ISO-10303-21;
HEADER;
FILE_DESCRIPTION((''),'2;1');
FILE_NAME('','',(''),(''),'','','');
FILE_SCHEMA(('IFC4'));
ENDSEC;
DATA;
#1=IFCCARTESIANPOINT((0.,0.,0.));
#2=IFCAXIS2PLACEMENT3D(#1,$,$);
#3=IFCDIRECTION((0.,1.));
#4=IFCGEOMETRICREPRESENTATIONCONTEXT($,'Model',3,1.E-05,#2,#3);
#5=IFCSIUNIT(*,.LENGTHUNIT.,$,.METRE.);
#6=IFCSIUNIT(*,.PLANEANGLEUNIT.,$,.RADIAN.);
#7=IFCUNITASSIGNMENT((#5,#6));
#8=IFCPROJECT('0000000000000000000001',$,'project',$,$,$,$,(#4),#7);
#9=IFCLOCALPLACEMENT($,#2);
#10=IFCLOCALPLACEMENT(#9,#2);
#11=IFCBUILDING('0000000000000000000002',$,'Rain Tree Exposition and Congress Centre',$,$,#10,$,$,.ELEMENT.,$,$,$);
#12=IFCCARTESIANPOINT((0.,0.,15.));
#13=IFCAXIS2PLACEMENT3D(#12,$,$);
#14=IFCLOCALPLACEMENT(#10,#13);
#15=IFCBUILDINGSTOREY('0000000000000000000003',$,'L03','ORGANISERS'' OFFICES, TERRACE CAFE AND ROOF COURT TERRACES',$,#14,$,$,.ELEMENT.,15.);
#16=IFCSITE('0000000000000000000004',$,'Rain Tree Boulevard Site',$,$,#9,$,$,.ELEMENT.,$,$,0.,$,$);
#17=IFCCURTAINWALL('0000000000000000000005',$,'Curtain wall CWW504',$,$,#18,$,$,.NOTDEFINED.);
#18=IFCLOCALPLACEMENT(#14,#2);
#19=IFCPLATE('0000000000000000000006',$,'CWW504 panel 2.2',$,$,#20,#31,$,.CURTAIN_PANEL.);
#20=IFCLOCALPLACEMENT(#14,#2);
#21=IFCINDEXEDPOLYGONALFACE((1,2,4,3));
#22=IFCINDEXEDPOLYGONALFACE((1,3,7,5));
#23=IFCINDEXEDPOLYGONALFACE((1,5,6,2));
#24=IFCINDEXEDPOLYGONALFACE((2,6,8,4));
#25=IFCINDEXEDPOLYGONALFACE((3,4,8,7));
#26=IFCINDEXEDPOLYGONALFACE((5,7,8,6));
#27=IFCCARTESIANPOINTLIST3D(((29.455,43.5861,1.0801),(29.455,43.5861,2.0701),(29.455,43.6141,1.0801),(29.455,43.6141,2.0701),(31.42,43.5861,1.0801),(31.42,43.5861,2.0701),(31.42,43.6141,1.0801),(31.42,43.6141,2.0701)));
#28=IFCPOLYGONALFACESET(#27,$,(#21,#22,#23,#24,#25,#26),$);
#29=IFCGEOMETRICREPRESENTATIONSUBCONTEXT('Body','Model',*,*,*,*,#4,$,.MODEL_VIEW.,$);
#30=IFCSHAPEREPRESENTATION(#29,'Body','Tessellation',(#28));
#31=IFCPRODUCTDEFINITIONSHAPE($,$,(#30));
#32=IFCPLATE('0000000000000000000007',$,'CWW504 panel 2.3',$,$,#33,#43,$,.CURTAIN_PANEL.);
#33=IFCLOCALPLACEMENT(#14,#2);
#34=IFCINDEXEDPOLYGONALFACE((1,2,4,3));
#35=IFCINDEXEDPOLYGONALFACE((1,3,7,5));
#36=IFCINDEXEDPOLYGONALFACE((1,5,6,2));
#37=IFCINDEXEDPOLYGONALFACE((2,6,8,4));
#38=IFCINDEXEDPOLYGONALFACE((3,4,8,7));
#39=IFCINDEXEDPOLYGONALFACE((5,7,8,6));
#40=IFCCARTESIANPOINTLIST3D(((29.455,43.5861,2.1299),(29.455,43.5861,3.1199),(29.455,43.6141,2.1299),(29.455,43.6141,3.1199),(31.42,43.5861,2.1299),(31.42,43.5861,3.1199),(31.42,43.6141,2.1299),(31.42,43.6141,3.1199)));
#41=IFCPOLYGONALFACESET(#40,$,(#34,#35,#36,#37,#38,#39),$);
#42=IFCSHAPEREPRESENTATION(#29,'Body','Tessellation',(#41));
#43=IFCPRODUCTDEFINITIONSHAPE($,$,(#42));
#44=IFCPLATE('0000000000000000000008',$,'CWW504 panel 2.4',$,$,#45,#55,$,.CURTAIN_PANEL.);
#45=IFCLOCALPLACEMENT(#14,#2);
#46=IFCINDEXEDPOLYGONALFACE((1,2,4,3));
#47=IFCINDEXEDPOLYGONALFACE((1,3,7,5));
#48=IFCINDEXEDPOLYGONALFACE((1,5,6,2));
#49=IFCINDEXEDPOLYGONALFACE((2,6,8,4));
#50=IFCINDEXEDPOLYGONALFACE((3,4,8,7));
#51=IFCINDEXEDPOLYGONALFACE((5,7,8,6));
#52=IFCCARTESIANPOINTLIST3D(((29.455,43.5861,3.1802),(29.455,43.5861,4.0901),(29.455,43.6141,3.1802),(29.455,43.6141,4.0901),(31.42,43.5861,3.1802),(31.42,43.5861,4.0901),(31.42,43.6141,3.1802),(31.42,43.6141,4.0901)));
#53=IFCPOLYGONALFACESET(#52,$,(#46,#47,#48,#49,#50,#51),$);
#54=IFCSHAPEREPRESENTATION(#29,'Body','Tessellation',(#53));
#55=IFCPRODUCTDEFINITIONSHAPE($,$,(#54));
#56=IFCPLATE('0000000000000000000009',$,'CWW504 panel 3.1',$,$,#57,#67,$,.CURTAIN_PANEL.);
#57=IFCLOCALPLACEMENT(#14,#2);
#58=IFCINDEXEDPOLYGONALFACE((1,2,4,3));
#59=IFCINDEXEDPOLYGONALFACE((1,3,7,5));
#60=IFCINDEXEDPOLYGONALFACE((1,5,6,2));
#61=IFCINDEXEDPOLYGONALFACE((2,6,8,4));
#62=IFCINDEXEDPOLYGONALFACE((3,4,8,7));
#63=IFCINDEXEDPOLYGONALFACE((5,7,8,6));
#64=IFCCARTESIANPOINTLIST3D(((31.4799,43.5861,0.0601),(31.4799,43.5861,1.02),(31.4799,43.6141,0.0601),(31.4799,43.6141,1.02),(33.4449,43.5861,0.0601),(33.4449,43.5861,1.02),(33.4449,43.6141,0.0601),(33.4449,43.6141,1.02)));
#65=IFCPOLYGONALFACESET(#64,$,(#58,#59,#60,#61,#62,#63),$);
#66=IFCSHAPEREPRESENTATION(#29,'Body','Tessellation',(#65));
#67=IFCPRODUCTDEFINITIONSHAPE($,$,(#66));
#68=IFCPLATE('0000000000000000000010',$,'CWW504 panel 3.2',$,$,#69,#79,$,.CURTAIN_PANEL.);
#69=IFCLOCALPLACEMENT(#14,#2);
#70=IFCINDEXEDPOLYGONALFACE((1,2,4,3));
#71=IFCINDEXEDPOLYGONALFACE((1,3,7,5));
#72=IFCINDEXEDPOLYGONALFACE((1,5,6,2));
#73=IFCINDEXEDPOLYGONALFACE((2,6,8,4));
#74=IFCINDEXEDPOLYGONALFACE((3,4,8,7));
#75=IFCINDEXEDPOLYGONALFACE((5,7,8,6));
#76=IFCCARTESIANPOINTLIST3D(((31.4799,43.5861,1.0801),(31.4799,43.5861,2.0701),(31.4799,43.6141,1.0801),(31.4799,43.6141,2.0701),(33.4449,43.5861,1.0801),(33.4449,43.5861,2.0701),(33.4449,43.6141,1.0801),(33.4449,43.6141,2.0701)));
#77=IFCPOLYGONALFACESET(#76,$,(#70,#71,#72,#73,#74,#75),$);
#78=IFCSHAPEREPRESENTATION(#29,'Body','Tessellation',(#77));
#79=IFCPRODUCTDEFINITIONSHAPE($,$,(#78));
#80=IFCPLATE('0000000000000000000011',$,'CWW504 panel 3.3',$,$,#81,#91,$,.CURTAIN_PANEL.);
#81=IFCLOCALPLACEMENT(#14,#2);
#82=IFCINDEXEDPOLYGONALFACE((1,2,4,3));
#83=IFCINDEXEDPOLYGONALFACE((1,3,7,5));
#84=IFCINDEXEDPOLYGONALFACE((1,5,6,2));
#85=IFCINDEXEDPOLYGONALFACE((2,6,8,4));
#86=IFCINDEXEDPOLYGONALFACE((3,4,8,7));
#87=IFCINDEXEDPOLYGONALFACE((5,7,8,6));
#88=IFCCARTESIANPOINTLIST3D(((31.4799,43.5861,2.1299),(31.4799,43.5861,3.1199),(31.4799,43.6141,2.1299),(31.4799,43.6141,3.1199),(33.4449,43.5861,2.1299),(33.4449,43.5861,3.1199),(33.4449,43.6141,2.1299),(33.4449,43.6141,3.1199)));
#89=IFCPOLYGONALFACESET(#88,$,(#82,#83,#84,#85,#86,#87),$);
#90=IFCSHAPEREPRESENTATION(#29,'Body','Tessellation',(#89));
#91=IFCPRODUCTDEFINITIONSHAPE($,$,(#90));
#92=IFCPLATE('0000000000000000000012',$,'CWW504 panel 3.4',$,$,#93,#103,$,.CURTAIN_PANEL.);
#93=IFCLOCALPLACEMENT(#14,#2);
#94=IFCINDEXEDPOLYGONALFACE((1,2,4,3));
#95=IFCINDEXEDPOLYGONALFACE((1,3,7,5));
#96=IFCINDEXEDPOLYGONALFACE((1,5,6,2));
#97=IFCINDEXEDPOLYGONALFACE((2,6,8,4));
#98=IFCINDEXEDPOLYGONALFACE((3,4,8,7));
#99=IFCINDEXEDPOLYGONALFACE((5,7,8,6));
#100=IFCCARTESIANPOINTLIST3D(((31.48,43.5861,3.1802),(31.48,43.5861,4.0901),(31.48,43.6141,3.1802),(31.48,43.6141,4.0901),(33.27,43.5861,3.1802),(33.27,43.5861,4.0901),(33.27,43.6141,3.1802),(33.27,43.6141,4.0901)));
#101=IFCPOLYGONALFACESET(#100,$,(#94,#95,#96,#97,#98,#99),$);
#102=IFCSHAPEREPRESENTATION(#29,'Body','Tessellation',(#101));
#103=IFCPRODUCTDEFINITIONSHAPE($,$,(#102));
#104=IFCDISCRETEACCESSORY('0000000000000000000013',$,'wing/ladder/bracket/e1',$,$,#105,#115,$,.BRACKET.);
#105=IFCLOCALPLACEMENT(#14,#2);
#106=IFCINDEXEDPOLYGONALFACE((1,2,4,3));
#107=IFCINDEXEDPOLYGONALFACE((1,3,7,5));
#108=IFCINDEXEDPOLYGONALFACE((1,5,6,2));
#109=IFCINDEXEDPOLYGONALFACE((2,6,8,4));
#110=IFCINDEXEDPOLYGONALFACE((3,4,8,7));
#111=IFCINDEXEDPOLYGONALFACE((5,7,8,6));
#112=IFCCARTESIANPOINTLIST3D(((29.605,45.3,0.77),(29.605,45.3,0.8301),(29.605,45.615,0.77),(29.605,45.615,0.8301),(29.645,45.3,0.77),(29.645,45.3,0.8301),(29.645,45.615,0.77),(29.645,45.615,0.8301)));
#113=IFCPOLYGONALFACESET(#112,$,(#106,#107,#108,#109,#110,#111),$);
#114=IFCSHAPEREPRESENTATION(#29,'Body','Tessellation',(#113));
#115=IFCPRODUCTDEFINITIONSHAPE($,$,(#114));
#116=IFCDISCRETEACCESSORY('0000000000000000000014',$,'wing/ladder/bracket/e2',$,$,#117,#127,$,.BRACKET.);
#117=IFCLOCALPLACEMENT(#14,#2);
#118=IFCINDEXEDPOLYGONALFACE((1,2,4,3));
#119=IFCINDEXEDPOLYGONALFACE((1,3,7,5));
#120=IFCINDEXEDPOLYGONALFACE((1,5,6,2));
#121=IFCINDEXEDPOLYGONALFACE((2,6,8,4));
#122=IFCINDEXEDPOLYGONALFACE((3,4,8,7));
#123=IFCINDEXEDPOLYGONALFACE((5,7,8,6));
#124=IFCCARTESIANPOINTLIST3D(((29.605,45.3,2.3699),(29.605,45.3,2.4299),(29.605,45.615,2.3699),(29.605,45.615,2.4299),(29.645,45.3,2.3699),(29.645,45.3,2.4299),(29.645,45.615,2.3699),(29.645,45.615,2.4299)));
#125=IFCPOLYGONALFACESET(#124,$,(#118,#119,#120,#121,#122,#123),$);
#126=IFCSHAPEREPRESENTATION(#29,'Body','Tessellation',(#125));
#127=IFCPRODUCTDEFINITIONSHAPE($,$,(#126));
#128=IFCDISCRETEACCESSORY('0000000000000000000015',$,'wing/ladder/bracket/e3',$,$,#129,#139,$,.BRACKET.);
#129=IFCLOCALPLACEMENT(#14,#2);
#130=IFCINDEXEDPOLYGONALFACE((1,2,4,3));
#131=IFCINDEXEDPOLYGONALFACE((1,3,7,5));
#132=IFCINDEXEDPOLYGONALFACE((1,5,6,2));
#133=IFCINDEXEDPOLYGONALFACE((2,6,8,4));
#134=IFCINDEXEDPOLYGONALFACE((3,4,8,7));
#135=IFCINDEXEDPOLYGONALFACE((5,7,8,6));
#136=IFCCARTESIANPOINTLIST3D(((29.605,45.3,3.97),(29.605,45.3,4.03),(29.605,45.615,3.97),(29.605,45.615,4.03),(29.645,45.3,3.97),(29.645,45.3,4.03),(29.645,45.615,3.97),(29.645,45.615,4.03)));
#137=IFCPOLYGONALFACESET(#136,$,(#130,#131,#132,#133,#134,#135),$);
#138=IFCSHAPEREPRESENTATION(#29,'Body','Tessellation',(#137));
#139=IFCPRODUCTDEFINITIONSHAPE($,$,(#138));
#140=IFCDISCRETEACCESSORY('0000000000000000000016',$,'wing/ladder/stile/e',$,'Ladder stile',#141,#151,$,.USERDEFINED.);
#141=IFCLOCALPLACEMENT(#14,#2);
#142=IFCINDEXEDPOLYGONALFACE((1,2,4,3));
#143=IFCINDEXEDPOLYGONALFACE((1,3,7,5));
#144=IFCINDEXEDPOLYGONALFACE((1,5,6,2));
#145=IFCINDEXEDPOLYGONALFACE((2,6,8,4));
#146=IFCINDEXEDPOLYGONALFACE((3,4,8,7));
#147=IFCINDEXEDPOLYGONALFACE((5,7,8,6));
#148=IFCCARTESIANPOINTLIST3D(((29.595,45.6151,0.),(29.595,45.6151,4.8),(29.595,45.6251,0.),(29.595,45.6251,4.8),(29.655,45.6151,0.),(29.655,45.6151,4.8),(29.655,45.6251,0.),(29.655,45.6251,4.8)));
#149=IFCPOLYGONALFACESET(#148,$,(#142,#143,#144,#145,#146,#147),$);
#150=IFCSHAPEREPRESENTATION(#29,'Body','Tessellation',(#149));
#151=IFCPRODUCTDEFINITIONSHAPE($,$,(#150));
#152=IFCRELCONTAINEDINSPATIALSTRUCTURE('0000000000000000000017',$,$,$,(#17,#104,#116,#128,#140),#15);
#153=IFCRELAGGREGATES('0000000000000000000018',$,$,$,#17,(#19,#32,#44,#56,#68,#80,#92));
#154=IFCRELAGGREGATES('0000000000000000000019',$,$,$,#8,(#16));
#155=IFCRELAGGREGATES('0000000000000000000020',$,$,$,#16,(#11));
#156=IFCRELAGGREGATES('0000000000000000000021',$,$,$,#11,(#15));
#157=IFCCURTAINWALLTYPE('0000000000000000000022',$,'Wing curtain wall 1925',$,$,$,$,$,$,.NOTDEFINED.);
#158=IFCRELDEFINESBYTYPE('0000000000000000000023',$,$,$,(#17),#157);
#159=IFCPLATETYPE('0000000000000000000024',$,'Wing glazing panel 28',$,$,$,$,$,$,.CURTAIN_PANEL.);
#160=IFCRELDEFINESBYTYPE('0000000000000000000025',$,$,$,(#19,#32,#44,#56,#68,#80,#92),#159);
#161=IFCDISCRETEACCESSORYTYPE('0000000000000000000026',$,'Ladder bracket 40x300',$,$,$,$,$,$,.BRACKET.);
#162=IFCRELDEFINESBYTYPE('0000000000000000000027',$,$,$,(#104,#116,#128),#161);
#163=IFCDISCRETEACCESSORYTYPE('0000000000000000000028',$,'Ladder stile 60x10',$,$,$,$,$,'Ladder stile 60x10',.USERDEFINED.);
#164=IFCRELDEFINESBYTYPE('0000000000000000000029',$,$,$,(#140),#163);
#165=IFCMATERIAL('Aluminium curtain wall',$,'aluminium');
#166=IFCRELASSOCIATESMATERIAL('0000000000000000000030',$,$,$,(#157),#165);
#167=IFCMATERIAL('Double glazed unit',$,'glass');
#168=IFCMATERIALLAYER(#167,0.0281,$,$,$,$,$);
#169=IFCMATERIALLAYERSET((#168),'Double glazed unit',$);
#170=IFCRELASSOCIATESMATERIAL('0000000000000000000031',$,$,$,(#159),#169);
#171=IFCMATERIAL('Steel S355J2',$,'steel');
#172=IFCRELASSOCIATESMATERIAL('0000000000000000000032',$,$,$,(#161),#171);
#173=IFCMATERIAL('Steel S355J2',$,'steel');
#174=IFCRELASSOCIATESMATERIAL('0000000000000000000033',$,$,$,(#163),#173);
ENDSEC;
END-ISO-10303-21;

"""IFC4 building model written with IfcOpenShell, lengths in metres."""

from ifc_helpers import new_model, si_unit, direction, frame, origin, origin_2d, place, context, subcontext, project, spatial, rectangle, extrude, material, layer, layer_set, type_object, element, aggregate, save


model = new_model("IFC4")

# Units and contexts
model_context = context("Model", 3, precision=1e-05, world=origin(), true_north=direction((0.0, 1.0)))
body_context = subcontext(model_context, "Body", "Model", "MODEL_VIEW")
ifc_project = project(units=[si_unit("LENGTHUNIT", "METRE"), si_unit("PLANEANGLEUNIT", "RADIAN")], contexts=[model_context])

# Site, building, storey
site_placement = place(None, origin())
site = spatial("IfcSite", under=ifc_project, at=site_placement, Name="Rain Tree Boulevard Site", CompositionType="ELEMENT", RefElevation=0.0)
building_placement = place(site_placement, origin())
building = spatial("IfcBuilding", under=site, at=building_placement, Name="Rain Tree Exposition and Congress Centre", CompositionType="ELEMENT")
storey_placement = place(building_placement, frame((0.0, 0.0, 15.0)))
storey = spatial("IfcBuildingStorey", under=building, at=storey_placement, Name="L03", Description="ORGANISERS' OFFICES, TERRACE CAFE AND ROOF COURT TERRACES", CompositionType="ELEMENT", Elevation=15.0)

# Curtain wall, plates
ifc_material_1 = material(Name="Aluminium curtain wall", Category="aluminium")
curtain_wall_type = type_object("IfcCurtainWallType", Name="Wing curtain wall 1925", PredefinedType="NOTDEFINED", material=ifc_material_1)
curtain_wall_placement = place(storey_placement, origin())
curtain_wall = element("IfcCurtainWall", 1, at=curtain_wall_placement, inside=storey, type_object=curtain_wall_type, Name="Curtain wall CWW504", PredefinedType="NOTDEFINED")
ifc_material_2 = material(Name="Double glazed unit", Category="glass")
ifc_layer = layer(ifc_material_2, 0.0281)
ifc_layer_set = layer_set([ifc_layer], Name="Double glazed unit")
plate_type = type_object("IfcPlateType", Name="Wing glazing panel 28", PredefinedType="CURTAIN_PANEL", material=ifc_layer_set)
plate_1_placement = place(storey_placement, frame((30.4375, 43.6001, 1.0801), z_axis=(0.0, 0.0, 1.0), x_axis=(1.0, 0.0, 0.0)))
plate_1 = element("IfcPlate", 2, at=plate_1_placement, type_object=plate_type, Name="CWW504 panel 2.2", PredefinedType="CURTAIN_PANEL", context=body_context, shape_type="SweptSolid", body=[
    extrude(rectangle(XDim=1.9651, YDim=0.0281, at=origin_2d()), origin(), (0.0, 0.0, 1.0), 0.99),
])
plate_2_placement = place(storey_placement, frame((30.4375, 43.6001, 2.1299), z_axis=(0.0, 0.0, 1.0), x_axis=(1.0, 0.0, 0.0)))
plate_2 = element("IfcPlate", 3, at=plate_2_placement, type_object=plate_type, Name="CWW504 panel 2.3", PredefinedType="CURTAIN_PANEL", context=body_context, shape_type="SweptSolid", body=[
    extrude(rectangle(XDim=1.9651, YDim=0.0281, at=origin_2d()), origin(), (0.0, 0.0, 1.0), 0.99),
])
plate_3_placement = place(storey_placement, frame((30.4375, 43.6001, 3.1802), z_axis=(0.0, 0.0, 1.0), x_axis=(1.0, 0.0, 0.0)))
plate_3 = element("IfcPlate", 4, at=plate_3_placement, type_object=plate_type, Name="CWW504 panel 2.4", PredefinedType="CURTAIN_PANEL", context=body_context, shape_type="SweptSolid", body=[
    extrude(rectangle(XDim=1.9651, YDim=0.0281, at=origin_2d()), origin(), (0.0, 0.0, 1.0), 0.9099),
])
plate_4_placement = place(storey_placement, frame((32.4624, 43.6001, 0.0601), z_axis=(0.0, 0.0, 1.0), x_axis=(1.0, 0.0, 0.0)))
plate_4 = element("IfcPlate", 5, at=plate_4_placement, type_object=plate_type, Name="CWW504 panel 3.1", PredefinedType="CURTAIN_PANEL", context=body_context, shape_type="SweptSolid", body=[
    extrude(rectangle(XDim=1.9651, YDim=0.0281, at=origin_2d()), origin(), (0.0, 0.0, 1.0), 0.96),
])
plate_5_placement = place(storey_placement, frame((32.4624, 43.6001, 1.0801), z_axis=(0.0, 0.0, 1.0), x_axis=(1.0, 0.0, 0.0)))
plate_5 = element("IfcPlate", 6, at=plate_5_placement, type_object=plate_type, Name="CWW504 panel 3.2", PredefinedType="CURTAIN_PANEL", context=body_context, shape_type="SweptSolid", body=[
    extrude(rectangle(XDim=1.9651, YDim=0.0281, at=origin_2d()), origin(), (0.0, 0.0, 1.0), 0.99),
])
plate_6_placement = place(storey_placement, frame((32.4624, 43.6001, 2.1299), z_axis=(0.0, 0.0, 1.0), x_axis=(1.0, 0.0, 0.0)))
plate_6 = element("IfcPlate", 7, at=plate_6_placement, type_object=plate_type, Name="CWW504 panel 3.3", PredefinedType="CURTAIN_PANEL", context=body_context, shape_type="SweptSolid", body=[
    extrude(rectangle(XDim=1.9651, YDim=0.0281, at=origin_2d()), origin(), (0.0, 0.0, 1.0), 0.99),
])
plate_7_placement = place(storey_placement, frame((32.375, 43.6001, 3.1802), z_axis=(0.0, 0.0, 1.0), x_axis=(1.0, 0.0, 0.0)))
plate_7 = element("IfcPlate", 8, at=plate_7_placement, type_object=plate_type, Name="CWW504 panel 3.4", PredefinedType="CURTAIN_PANEL", context=body_context, shape_type="SweptSolid", body=[
    extrude(rectangle(XDim=1.79, YDim=0.0281, at=origin_2d()), origin(), (0.0, 0.0, 1.0), 0.9099),
])
aggregate(curtain_wall, [plate_1, plate_2, plate_3, plate_4, plate_5, plate_6, plate_7])

# Discrete accessories
ifc_material_3 = material(Name="Steel S355J2", Category="steel")
discrete_accessory_type_1 = type_object("IfcDiscreteAccessoryType", Name="Ladder bracket 40x300", PredefinedType="BRACKET", material=ifc_material_3)
for number, where, z_axis, x_axis, name in (
    (9, (29.625, 45.4575, 0.77), (0.0, 0.0, 1.0), (1.0, 0.0, 0.0), "wing/ladder/bracket/e1"),
    (10, (29.625, 45.4575, 2.3699), (0.0, 0.0, 1.0), (1.0, 0.0, 0.0), "wing/ladder/bracket/e2"),
    (11, (29.625, 45.4575, 3.97), (0.0, 0.0, 1.0), (1.0, 0.0, 0.0), "wing/ladder/bracket/e3"),
):
    element("IfcDiscreteAccessory", number, at=place(storey_placement, frame(where, z_axis=z_axis, x_axis=x_axis)), inside=storey, type_object=discrete_accessory_type_1, Name=name, PredefinedType="BRACKET", context=body_context, shape_type="SweptSolid", body=[
        extrude(rectangle(XDim=0.04, YDim=0.3149, at=origin_2d()), origin(), (0.0, 0.0, 1.0), 0.0601),
    ])
ifc_material_4 = material(Name="Steel S355J2", Category="steel")
discrete_accessory_type_2 = type_object("IfcDiscreteAccessoryType", Name="Ladder stile 60x10", ElementType="Ladder stile 60x10", PredefinedType="USERDEFINED", material=ifc_material_4)
discrete_accessory_placement = place(storey_placement, frame((29.625, 45.6201, 0.0), z_axis=(0.0, 0.0, 1.0), x_axis=(1.0, 0.0, 0.0)))
element("IfcDiscreteAccessory", 12, at=discrete_accessory_placement, inside=storey, type_object=discrete_accessory_type_2, Name="wing/ladder/stile/e", ObjectType="Ladder stile", PredefinedType="USERDEFINED", context=body_context, shape_type="SweptSolid", body=[
    extrude(rectangle(XDim=0.0601, YDim=0.01, at=origin_2d()), origin(), (0.0, 0.0, 1.0), 4.8),
])

save(model, "model.ifc")
